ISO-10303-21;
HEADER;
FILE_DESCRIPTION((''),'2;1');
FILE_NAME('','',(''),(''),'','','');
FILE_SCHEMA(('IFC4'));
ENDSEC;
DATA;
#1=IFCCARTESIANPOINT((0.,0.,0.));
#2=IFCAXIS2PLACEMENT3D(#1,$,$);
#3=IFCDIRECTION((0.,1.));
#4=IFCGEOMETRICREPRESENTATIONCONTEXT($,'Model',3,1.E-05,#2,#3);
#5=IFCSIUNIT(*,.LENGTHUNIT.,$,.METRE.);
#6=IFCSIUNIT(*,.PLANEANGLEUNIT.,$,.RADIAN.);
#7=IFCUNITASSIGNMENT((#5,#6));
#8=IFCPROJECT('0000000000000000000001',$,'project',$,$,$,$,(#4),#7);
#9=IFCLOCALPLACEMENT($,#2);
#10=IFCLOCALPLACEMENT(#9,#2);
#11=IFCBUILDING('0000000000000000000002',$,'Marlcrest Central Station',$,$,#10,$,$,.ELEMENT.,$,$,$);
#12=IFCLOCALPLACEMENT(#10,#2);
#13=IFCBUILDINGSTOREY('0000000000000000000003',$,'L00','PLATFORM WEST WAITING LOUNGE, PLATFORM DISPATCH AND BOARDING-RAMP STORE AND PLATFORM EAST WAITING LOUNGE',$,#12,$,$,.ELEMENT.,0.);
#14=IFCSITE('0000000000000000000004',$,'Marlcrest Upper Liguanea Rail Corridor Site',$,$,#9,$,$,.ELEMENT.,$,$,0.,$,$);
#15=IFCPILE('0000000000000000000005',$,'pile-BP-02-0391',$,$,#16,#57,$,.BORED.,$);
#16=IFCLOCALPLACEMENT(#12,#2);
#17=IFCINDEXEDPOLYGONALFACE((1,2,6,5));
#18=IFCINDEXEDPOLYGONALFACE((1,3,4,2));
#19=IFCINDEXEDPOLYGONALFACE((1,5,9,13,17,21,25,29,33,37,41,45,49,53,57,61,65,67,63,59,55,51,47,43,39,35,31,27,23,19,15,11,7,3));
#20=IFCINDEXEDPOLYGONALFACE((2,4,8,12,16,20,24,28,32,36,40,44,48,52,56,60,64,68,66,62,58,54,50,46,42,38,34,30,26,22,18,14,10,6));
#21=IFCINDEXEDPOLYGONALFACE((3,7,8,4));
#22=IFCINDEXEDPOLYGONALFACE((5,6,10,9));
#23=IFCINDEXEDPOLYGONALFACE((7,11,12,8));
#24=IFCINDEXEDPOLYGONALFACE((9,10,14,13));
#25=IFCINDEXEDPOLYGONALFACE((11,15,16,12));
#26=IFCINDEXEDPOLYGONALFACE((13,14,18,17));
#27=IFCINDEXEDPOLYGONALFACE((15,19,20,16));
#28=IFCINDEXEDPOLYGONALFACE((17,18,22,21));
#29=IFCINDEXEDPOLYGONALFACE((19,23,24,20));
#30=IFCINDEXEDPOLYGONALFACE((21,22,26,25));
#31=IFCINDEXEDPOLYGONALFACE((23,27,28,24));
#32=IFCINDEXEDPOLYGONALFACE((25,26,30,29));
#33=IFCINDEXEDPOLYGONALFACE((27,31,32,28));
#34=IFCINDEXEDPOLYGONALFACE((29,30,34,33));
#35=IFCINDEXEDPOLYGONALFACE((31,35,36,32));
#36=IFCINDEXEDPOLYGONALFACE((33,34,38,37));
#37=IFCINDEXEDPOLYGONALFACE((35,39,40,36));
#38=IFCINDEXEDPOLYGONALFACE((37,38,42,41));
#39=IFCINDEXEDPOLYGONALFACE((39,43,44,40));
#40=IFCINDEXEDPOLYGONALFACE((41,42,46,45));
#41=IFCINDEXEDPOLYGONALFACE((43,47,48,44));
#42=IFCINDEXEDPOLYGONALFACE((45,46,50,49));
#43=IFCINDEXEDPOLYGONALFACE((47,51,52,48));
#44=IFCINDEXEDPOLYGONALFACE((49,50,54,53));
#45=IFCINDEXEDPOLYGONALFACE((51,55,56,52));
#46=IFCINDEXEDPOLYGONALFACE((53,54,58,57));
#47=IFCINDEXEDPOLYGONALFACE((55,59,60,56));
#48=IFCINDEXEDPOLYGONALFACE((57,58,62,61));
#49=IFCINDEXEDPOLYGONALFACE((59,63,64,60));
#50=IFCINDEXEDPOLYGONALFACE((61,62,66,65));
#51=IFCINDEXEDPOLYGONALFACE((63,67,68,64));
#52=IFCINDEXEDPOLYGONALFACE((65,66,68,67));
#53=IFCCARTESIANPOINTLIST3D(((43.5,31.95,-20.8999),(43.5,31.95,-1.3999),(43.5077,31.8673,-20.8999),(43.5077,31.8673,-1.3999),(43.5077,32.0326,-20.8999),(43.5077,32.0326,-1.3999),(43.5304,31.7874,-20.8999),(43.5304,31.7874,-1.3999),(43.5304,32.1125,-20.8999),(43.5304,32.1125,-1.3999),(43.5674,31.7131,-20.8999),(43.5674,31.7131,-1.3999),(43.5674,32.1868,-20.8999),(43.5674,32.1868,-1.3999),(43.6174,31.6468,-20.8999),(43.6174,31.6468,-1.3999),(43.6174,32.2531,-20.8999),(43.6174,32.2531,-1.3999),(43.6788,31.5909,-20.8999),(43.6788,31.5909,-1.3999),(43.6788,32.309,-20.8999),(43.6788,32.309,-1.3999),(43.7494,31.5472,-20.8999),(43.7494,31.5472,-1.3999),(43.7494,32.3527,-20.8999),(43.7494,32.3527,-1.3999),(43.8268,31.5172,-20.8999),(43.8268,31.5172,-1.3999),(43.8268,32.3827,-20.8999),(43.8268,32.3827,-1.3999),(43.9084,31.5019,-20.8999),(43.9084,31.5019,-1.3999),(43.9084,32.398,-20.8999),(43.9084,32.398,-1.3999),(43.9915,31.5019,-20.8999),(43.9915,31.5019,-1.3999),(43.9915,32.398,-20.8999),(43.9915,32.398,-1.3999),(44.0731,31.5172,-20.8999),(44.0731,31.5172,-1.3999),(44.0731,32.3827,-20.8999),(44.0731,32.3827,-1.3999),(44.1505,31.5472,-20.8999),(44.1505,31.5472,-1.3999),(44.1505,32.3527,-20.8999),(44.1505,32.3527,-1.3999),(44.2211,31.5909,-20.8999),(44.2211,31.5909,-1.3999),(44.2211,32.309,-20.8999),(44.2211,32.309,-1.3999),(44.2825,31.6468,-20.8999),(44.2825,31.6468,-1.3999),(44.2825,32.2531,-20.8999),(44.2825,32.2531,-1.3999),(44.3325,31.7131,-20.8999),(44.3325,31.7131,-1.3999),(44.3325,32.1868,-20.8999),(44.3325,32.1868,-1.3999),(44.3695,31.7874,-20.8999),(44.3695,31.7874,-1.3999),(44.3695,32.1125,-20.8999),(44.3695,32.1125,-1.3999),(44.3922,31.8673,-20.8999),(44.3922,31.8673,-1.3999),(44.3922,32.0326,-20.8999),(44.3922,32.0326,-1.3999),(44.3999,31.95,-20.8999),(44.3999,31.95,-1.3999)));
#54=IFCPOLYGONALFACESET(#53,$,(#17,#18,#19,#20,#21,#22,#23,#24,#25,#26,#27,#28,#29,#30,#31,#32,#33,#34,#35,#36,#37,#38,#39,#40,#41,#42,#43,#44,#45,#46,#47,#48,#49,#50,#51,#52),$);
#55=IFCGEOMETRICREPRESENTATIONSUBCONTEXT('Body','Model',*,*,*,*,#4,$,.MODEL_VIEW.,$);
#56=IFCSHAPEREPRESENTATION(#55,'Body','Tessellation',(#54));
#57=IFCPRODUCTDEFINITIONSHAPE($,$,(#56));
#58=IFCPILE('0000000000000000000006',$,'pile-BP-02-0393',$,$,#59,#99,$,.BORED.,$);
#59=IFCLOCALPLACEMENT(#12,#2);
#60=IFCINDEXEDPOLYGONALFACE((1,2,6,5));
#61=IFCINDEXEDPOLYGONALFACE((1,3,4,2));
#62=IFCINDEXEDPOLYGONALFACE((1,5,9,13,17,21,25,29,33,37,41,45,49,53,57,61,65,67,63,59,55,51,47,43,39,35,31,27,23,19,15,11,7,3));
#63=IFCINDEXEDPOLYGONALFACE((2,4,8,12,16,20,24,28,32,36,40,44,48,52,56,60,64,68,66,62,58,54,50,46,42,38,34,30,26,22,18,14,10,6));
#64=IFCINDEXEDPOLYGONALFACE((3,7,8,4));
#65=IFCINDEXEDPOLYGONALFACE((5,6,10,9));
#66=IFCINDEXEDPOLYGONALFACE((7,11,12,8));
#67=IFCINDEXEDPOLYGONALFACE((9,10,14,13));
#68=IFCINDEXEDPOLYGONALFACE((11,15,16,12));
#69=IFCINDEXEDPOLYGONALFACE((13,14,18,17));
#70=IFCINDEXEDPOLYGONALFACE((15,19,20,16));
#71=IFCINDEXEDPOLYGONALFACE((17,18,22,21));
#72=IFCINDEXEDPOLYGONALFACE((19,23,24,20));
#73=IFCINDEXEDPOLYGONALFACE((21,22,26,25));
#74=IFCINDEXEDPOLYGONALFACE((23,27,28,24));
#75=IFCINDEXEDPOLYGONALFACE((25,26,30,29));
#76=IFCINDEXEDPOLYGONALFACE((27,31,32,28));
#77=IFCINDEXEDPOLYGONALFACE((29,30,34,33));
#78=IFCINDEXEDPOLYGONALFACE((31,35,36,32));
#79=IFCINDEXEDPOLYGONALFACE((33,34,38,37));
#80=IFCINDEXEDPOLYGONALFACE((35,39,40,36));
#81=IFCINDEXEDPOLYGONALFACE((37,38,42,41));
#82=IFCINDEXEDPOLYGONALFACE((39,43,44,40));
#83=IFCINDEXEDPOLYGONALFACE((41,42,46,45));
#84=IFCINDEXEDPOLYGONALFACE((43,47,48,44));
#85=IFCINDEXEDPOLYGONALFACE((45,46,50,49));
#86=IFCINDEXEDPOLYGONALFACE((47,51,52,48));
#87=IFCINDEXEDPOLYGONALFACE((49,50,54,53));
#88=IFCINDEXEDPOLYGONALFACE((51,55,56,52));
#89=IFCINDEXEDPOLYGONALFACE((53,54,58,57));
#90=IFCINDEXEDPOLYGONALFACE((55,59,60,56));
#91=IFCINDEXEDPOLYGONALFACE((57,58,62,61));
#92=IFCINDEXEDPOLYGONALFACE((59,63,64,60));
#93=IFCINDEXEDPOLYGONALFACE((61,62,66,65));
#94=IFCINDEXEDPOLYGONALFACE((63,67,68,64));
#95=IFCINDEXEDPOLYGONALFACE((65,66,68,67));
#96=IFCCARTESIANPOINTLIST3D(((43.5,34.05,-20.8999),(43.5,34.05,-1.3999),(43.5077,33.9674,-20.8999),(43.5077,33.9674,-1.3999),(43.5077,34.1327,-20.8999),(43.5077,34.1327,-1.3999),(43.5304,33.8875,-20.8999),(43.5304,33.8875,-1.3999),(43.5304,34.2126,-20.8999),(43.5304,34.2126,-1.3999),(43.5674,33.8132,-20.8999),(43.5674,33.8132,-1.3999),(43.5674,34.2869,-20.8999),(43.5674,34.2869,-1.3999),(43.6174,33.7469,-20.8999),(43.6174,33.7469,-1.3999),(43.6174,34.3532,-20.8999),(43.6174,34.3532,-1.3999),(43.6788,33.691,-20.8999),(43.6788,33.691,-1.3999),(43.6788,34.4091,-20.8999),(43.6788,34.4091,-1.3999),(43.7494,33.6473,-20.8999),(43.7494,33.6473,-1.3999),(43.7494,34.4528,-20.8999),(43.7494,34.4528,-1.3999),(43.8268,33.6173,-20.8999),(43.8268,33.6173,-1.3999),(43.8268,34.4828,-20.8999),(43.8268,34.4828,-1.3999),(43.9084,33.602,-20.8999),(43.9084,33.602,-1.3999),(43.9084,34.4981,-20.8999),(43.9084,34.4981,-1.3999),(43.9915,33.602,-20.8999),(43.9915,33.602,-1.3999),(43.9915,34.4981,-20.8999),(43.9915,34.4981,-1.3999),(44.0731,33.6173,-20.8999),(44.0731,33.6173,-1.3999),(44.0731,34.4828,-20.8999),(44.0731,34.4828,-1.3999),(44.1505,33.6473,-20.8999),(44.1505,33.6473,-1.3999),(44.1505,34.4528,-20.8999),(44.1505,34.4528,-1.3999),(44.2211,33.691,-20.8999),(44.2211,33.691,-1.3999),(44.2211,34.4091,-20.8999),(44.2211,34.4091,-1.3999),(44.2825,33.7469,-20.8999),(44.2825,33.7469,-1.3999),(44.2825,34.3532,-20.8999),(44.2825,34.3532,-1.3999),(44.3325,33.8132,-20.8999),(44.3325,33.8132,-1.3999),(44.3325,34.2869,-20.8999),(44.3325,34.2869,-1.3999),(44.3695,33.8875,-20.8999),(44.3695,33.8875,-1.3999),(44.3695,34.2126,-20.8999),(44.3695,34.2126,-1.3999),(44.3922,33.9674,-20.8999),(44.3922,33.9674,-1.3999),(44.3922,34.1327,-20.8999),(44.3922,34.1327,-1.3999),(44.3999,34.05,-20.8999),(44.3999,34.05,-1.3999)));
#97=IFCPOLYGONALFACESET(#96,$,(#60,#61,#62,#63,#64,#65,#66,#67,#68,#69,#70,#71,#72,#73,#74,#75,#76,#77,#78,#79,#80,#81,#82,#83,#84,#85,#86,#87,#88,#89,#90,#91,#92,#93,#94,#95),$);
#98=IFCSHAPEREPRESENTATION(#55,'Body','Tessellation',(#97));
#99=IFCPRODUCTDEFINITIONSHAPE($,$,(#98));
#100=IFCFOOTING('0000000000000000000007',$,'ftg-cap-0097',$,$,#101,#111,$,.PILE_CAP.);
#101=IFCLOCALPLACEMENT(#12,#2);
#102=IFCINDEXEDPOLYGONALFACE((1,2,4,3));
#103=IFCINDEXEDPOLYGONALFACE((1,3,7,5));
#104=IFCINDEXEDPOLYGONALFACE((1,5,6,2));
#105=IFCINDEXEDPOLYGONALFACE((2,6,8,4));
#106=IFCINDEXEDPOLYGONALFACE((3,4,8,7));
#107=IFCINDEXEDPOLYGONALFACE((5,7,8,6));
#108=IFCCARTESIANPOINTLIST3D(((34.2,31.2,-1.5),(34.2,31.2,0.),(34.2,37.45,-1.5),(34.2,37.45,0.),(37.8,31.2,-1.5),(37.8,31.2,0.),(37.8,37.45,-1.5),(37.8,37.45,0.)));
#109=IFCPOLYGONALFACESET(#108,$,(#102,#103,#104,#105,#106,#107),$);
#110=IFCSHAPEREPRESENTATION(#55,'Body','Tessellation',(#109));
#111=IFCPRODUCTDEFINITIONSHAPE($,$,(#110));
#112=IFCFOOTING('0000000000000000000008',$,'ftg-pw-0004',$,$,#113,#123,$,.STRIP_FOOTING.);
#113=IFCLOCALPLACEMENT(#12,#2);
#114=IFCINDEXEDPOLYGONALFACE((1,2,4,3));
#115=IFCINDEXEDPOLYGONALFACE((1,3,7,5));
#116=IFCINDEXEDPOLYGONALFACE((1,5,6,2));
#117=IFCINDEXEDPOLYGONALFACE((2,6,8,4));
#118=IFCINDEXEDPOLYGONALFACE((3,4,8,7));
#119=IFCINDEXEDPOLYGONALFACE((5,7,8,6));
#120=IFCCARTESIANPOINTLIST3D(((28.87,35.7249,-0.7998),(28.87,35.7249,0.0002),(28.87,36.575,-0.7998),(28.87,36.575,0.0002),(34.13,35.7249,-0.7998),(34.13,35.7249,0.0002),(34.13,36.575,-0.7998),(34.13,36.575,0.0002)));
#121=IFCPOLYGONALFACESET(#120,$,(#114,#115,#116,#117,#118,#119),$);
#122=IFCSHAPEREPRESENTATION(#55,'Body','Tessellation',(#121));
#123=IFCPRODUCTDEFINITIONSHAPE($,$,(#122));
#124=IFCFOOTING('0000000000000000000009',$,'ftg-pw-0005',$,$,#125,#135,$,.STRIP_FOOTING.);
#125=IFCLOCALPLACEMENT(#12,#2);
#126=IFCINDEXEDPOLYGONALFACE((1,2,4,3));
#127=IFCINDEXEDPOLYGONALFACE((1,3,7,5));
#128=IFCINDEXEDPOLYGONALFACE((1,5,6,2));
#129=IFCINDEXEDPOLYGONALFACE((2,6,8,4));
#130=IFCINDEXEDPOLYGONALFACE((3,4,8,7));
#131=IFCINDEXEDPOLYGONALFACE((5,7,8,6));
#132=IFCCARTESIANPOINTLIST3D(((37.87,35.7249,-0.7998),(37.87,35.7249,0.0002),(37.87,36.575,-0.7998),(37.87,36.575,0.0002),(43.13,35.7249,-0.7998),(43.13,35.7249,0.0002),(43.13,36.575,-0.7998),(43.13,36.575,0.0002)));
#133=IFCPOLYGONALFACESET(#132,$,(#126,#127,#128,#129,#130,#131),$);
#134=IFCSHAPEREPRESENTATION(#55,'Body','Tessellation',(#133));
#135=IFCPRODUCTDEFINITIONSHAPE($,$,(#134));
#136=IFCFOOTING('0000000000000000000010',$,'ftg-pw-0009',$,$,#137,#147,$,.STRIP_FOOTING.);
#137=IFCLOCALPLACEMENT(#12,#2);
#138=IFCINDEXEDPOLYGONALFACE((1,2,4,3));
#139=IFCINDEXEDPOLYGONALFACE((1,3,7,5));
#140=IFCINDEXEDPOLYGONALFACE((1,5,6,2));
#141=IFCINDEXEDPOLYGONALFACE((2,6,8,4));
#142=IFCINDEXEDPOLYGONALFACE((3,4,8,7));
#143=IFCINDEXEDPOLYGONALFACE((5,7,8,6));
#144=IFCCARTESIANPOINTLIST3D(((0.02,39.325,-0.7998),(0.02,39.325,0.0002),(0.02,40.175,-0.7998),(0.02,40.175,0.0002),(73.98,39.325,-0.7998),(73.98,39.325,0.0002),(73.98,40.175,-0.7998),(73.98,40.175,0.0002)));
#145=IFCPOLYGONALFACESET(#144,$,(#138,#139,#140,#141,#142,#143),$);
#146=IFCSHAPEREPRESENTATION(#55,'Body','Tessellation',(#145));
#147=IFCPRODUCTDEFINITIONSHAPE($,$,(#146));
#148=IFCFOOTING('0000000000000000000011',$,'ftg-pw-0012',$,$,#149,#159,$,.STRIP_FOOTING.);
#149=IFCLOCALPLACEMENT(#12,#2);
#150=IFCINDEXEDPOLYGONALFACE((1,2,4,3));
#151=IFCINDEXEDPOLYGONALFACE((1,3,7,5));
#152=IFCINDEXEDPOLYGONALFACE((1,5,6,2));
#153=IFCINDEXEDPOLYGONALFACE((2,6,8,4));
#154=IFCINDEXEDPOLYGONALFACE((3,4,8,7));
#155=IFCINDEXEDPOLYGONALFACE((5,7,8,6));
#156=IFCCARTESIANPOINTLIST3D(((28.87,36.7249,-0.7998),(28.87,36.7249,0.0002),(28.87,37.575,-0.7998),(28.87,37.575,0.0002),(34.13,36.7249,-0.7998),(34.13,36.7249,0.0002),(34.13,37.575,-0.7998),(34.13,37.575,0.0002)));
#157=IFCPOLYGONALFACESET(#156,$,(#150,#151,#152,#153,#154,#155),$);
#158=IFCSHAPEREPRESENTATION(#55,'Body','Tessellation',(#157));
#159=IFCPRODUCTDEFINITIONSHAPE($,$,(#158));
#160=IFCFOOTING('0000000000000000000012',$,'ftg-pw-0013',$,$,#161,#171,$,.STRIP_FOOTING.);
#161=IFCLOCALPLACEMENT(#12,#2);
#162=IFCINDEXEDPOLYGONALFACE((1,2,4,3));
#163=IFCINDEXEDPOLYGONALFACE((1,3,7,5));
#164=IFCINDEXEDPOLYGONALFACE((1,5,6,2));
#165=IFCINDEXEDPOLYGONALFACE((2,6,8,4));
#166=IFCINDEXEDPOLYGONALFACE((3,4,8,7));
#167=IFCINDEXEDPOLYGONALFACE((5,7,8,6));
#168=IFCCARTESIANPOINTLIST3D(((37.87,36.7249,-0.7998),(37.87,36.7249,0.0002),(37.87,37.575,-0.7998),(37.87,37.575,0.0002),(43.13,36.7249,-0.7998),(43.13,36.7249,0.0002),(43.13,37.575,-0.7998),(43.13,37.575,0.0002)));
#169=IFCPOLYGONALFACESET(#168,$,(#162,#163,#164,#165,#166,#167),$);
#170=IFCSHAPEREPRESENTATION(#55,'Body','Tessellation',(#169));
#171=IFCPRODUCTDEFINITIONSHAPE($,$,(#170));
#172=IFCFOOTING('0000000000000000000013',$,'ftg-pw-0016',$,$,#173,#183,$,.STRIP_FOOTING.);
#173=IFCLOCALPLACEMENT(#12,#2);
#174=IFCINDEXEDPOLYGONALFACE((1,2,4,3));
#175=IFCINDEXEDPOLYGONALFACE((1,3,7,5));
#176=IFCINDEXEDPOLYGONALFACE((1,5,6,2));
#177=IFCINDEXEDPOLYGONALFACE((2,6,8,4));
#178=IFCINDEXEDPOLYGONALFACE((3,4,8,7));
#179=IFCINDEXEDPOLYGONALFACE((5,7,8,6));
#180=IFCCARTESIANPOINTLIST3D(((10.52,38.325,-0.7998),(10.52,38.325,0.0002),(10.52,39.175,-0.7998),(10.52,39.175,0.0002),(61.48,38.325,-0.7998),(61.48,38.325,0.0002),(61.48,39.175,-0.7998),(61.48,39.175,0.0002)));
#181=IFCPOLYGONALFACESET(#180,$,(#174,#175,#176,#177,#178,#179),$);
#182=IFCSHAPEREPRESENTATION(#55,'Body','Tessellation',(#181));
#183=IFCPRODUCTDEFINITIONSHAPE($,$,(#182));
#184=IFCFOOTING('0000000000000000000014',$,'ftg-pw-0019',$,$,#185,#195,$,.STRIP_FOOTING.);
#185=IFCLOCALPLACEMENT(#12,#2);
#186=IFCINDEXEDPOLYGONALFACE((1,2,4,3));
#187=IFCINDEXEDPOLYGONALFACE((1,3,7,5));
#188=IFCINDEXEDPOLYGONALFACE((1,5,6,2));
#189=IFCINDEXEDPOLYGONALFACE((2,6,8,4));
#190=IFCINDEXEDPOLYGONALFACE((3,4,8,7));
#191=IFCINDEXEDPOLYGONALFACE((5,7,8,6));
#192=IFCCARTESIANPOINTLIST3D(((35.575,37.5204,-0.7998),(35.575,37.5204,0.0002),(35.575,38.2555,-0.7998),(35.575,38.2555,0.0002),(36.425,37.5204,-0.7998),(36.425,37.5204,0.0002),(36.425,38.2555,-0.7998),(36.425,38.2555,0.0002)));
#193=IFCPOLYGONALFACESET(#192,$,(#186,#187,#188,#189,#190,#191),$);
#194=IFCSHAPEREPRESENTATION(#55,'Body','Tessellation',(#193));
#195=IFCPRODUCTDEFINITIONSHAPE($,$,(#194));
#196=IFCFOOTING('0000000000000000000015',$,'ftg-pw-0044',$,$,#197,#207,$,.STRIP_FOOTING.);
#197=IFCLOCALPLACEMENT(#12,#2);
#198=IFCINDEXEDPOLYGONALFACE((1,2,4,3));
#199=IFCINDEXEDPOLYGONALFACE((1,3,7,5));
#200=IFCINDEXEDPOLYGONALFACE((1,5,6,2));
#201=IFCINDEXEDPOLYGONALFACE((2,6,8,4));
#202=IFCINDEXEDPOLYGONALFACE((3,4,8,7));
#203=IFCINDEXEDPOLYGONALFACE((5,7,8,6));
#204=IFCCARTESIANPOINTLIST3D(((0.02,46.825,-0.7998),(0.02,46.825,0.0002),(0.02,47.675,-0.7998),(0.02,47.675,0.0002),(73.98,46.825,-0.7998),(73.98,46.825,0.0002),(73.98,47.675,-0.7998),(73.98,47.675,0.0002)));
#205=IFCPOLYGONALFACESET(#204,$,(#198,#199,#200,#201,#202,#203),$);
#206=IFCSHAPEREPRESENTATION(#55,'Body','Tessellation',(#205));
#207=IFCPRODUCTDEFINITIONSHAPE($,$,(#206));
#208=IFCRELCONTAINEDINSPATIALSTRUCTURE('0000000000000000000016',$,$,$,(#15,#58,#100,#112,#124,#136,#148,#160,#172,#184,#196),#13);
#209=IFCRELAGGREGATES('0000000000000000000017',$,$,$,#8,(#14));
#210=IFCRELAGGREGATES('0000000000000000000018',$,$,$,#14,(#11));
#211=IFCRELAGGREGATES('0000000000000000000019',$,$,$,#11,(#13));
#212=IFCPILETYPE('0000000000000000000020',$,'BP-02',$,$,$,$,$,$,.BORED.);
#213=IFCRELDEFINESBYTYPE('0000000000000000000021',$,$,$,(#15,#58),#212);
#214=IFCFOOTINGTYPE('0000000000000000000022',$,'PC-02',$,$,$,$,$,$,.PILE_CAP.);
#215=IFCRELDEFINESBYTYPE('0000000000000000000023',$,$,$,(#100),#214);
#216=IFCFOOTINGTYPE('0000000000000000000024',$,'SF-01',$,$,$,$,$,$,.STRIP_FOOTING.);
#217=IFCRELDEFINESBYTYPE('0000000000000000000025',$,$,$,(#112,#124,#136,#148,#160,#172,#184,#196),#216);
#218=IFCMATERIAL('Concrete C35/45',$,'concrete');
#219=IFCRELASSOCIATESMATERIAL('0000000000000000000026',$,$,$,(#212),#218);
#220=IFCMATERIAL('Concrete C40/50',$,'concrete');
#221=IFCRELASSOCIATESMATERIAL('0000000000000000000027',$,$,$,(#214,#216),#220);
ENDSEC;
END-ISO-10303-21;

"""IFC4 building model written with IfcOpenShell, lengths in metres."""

from ifc_helpers import new_model, si_unit, direction, frame, origin, origin_2d, place, context, subcontext, project, spatial, rectangle, circle, extrude, material, material_profile, profile_set, type_object, element, save


model = new_model("IFC4")

# Units and contexts
model_context = context("Model", 3, precision=1e-05, world=origin(), true_north=direction((0.0, 1.0)))
body_context = subcontext(model_context, "Body", "Model", "MODEL_VIEW")
ifc_project = project(units=[si_unit("LENGTHUNIT", "METRE"), si_unit("PLANEANGLEUNIT", "RADIAN")], contexts=[model_context])

# Site, building, storey
site_placement = place(None, origin())
site = spatial("IfcSite", under=ifc_project, at=site_placement, Name="Marlcrest Upper Liguanea Rail Corridor Site", CompositionType="ELEMENT", RefElevation=0.0)
building_placement = place(site_placement, origin())
building = spatial("IfcBuilding", under=site, at=building_placement, Name="Marlcrest Central Station", CompositionType="ELEMENT")
storey_placement = place(building_placement, origin())
storey = spatial("IfcBuildingStorey", under=building, at=storey_placement, Name="L00", Description="PLATFORM WEST WAITING LOUNGE, PLATFORM DISPATCH AND BOARDING-RAMP STORE AND PLATFORM EAST WAITING LOUNGE", CompositionType="ELEMENT", Elevation=0.0)

# Piles
ifc_material_1 = material(Name="Concrete C35/45", Category="concrete")
ifc_material_profile_1 = material_profile(ifc_material_1, circle(Radius=0.45, at=origin_2d()), Name="PILE D900")
ifc_profile_set_1 = profile_set([ifc_material_profile_1], Name="Concrete C35/45")
pile_type = type_object("IfcPileType", Name="BP-02", PredefinedType="BORED", material=ifc_profile_set_1)
for number, where, z_axis, x_axis, name in (
    (1, (43.95, 31.95, -1.3999), (0.0, 0.0, -1.0), (1.0, 0.0, 0.0), "pile-BP-02-0391"),
    (2, (43.95, 34.05, -1.3999), (0.0, 0.0, -1.0), (1.0, 0.0, 0.0), "pile-BP-02-0393"),
):
    element("IfcPile", number, at=place(storey_placement, frame(where, z_axis=z_axis, x_axis=x_axis)), inside=storey, type_object=pile_type, Name=name, PredefinedType="BORED", context=body_context, shape_type="SweptSolid", body=[
        extrude(circle(Radius=0.45, at=origin_2d()), origin(), (0.0, 0.0, 1.0), 19.5),
    ])

# Footings
ifc_material_2 = material(Name="Concrete C40/50", Category="concrete")
footing_type_1 = type_object("IfcFootingType", Name="PC-02", PredefinedType="PILE_CAP", material=ifc_material_2)
footing_1_placement = place(storey_placement, frame((36.0, 34.325, -1.5), z_axis=(0.0, 0.0, 1.0), x_axis=(1.0, 0.0, 0.0)))
element("IfcFooting", 3, at=footing_1_placement, inside=storey, type_object=footing_type_1, Name="ftg-cap-0097", PredefinedType="PILE_CAP", context=body_context, shape_type="SweptSolid", body=[
    extrude(rectangle(XDim=3.6001, YDim=6.25, at=origin_2d()), origin(), (0.0, 0.0, 1.0), 1.5),
])
footing_type_2 = type_object("IfcFootingType", Name="SF-01", PredefinedType="STRIP_FOOTING", material=ifc_material_2)
for number, where, z_axis, x_axis, name in (
    (4, (31.5, 36.1499, -0.7998), (0.0, 0.0, 1.0), (1.0, 0.0, 0.0), "ftg-pw-0004"),
    (5, (40.5, 36.1499, -0.7998), (0.0, 0.0, 1.0), (1.0, 0.0, 0.0), "ftg-pw-0005"),
):
    element("IfcFooting", number, at=place(storey_placement, frame(where, z_axis=z_axis, x_axis=x_axis)), inside=storey, type_object=footing_type_2, Name=name, PredefinedType="STRIP_FOOTING", context=body_context, shape_type="SweptSolid", body=[
        extrude(rectangle(XDim=5.26, YDim=0.8501, at=origin_2d()), origin(), (0.0, 0.0, 1.0), 0.8),
    ])
footing_2_placement = place(storey_placement, frame((37.0, 39.75, -0.7998), z_axis=(0.0, 0.0, 1.0), x_axis=(1.0, 0.0, 0.0)))
element("IfcFooting", 6, at=footing_2_placement, inside=storey, type_object=footing_type_2, Name="ftg-pw-0009", PredefinedType="STRIP_FOOTING", context=body_context, shape_type="SweptSolid", body=[
    extrude(rectangle(XDim=73.96, YDim=0.8501, at=origin_2d()), origin(), (0.0, 0.0, 1.0), 0.8),
])
for number, where, z_axis, x_axis, name in (
    (7, (31.5, 37.1499, -0.7998), (0.0, 0.0, 1.0), (1.0, 0.0, 0.0), "ftg-pw-0012"),
    (8, (40.5, 37.1499, -0.7998), (0.0, 0.0, 1.0), (1.0, 0.0, 0.0), "ftg-pw-0013"),
):
    element("IfcFooting", number, at=place(storey_placement, frame(where, z_axis=z_axis, x_axis=x_axis)), inside=storey, type_object=footing_type_2, Name=name, PredefinedType="STRIP_FOOTING", context=body_context, shape_type="SweptSolid", body=[
        extrude(rectangle(XDim=5.26, YDim=0.8501, at=origin_2d()), origin(), (0.0, 0.0, 1.0), 0.8),
    ])
footing_3_placement = place(storey_placement, frame((36.0, 38.75, -0.7998), z_axis=(0.0, 0.0, 1.0), x_axis=(1.0, 0.0, 0.0)))
element("IfcFooting", 9, at=footing_3_placement, inside=storey, type_object=footing_type_2, Name="ftg-pw-0016", PredefinedType="STRIP_FOOTING", context=body_context, shape_type="SweptSolid", body=[
    extrude(rectangle(XDim=50.96, YDim=0.8501, at=origin_2d()), origin(), (0.0, 0.0, 1.0), 0.8),
])
footing_4_placement = place(storey_placement, frame((36.0, 37.8879, -0.7998), z_axis=(0.0, 0.0, 1.0), x_axis=(1.0, 0.0, 0.0)))
element("IfcFooting", 10, at=footing_4_placement, inside=storey, type_object=footing_type_2, Name="ftg-pw-0019", PredefinedType="STRIP_FOOTING", context=body_context, shape_type="SweptSolid", body=[
    extrude(rectangle(XDim=0.8501, YDim=0.7351, at=origin_2d()), origin(), (0.0, 0.0, 1.0), 0.8),
])
footing_5_placement = place(storey_placement, frame((37.0, 47.25, -0.7998), z_axis=(0.0, 0.0, 1.0), x_axis=(1.0, 0.0, 0.0)))
element("IfcFooting", 11, at=footing_5_placement, inside=storey, type_object=footing_type_2, Name="ftg-pw-0044", PredefinedType="STRIP_FOOTING", context=body_context, shape_type="SweptSolid", body=[
    extrude(rectangle(XDim=73.96, YDim=0.8501, at=origin_2d()), origin(), (0.0, 0.0, 1.0), 0.8),
])

save(model, "model.ifc")
